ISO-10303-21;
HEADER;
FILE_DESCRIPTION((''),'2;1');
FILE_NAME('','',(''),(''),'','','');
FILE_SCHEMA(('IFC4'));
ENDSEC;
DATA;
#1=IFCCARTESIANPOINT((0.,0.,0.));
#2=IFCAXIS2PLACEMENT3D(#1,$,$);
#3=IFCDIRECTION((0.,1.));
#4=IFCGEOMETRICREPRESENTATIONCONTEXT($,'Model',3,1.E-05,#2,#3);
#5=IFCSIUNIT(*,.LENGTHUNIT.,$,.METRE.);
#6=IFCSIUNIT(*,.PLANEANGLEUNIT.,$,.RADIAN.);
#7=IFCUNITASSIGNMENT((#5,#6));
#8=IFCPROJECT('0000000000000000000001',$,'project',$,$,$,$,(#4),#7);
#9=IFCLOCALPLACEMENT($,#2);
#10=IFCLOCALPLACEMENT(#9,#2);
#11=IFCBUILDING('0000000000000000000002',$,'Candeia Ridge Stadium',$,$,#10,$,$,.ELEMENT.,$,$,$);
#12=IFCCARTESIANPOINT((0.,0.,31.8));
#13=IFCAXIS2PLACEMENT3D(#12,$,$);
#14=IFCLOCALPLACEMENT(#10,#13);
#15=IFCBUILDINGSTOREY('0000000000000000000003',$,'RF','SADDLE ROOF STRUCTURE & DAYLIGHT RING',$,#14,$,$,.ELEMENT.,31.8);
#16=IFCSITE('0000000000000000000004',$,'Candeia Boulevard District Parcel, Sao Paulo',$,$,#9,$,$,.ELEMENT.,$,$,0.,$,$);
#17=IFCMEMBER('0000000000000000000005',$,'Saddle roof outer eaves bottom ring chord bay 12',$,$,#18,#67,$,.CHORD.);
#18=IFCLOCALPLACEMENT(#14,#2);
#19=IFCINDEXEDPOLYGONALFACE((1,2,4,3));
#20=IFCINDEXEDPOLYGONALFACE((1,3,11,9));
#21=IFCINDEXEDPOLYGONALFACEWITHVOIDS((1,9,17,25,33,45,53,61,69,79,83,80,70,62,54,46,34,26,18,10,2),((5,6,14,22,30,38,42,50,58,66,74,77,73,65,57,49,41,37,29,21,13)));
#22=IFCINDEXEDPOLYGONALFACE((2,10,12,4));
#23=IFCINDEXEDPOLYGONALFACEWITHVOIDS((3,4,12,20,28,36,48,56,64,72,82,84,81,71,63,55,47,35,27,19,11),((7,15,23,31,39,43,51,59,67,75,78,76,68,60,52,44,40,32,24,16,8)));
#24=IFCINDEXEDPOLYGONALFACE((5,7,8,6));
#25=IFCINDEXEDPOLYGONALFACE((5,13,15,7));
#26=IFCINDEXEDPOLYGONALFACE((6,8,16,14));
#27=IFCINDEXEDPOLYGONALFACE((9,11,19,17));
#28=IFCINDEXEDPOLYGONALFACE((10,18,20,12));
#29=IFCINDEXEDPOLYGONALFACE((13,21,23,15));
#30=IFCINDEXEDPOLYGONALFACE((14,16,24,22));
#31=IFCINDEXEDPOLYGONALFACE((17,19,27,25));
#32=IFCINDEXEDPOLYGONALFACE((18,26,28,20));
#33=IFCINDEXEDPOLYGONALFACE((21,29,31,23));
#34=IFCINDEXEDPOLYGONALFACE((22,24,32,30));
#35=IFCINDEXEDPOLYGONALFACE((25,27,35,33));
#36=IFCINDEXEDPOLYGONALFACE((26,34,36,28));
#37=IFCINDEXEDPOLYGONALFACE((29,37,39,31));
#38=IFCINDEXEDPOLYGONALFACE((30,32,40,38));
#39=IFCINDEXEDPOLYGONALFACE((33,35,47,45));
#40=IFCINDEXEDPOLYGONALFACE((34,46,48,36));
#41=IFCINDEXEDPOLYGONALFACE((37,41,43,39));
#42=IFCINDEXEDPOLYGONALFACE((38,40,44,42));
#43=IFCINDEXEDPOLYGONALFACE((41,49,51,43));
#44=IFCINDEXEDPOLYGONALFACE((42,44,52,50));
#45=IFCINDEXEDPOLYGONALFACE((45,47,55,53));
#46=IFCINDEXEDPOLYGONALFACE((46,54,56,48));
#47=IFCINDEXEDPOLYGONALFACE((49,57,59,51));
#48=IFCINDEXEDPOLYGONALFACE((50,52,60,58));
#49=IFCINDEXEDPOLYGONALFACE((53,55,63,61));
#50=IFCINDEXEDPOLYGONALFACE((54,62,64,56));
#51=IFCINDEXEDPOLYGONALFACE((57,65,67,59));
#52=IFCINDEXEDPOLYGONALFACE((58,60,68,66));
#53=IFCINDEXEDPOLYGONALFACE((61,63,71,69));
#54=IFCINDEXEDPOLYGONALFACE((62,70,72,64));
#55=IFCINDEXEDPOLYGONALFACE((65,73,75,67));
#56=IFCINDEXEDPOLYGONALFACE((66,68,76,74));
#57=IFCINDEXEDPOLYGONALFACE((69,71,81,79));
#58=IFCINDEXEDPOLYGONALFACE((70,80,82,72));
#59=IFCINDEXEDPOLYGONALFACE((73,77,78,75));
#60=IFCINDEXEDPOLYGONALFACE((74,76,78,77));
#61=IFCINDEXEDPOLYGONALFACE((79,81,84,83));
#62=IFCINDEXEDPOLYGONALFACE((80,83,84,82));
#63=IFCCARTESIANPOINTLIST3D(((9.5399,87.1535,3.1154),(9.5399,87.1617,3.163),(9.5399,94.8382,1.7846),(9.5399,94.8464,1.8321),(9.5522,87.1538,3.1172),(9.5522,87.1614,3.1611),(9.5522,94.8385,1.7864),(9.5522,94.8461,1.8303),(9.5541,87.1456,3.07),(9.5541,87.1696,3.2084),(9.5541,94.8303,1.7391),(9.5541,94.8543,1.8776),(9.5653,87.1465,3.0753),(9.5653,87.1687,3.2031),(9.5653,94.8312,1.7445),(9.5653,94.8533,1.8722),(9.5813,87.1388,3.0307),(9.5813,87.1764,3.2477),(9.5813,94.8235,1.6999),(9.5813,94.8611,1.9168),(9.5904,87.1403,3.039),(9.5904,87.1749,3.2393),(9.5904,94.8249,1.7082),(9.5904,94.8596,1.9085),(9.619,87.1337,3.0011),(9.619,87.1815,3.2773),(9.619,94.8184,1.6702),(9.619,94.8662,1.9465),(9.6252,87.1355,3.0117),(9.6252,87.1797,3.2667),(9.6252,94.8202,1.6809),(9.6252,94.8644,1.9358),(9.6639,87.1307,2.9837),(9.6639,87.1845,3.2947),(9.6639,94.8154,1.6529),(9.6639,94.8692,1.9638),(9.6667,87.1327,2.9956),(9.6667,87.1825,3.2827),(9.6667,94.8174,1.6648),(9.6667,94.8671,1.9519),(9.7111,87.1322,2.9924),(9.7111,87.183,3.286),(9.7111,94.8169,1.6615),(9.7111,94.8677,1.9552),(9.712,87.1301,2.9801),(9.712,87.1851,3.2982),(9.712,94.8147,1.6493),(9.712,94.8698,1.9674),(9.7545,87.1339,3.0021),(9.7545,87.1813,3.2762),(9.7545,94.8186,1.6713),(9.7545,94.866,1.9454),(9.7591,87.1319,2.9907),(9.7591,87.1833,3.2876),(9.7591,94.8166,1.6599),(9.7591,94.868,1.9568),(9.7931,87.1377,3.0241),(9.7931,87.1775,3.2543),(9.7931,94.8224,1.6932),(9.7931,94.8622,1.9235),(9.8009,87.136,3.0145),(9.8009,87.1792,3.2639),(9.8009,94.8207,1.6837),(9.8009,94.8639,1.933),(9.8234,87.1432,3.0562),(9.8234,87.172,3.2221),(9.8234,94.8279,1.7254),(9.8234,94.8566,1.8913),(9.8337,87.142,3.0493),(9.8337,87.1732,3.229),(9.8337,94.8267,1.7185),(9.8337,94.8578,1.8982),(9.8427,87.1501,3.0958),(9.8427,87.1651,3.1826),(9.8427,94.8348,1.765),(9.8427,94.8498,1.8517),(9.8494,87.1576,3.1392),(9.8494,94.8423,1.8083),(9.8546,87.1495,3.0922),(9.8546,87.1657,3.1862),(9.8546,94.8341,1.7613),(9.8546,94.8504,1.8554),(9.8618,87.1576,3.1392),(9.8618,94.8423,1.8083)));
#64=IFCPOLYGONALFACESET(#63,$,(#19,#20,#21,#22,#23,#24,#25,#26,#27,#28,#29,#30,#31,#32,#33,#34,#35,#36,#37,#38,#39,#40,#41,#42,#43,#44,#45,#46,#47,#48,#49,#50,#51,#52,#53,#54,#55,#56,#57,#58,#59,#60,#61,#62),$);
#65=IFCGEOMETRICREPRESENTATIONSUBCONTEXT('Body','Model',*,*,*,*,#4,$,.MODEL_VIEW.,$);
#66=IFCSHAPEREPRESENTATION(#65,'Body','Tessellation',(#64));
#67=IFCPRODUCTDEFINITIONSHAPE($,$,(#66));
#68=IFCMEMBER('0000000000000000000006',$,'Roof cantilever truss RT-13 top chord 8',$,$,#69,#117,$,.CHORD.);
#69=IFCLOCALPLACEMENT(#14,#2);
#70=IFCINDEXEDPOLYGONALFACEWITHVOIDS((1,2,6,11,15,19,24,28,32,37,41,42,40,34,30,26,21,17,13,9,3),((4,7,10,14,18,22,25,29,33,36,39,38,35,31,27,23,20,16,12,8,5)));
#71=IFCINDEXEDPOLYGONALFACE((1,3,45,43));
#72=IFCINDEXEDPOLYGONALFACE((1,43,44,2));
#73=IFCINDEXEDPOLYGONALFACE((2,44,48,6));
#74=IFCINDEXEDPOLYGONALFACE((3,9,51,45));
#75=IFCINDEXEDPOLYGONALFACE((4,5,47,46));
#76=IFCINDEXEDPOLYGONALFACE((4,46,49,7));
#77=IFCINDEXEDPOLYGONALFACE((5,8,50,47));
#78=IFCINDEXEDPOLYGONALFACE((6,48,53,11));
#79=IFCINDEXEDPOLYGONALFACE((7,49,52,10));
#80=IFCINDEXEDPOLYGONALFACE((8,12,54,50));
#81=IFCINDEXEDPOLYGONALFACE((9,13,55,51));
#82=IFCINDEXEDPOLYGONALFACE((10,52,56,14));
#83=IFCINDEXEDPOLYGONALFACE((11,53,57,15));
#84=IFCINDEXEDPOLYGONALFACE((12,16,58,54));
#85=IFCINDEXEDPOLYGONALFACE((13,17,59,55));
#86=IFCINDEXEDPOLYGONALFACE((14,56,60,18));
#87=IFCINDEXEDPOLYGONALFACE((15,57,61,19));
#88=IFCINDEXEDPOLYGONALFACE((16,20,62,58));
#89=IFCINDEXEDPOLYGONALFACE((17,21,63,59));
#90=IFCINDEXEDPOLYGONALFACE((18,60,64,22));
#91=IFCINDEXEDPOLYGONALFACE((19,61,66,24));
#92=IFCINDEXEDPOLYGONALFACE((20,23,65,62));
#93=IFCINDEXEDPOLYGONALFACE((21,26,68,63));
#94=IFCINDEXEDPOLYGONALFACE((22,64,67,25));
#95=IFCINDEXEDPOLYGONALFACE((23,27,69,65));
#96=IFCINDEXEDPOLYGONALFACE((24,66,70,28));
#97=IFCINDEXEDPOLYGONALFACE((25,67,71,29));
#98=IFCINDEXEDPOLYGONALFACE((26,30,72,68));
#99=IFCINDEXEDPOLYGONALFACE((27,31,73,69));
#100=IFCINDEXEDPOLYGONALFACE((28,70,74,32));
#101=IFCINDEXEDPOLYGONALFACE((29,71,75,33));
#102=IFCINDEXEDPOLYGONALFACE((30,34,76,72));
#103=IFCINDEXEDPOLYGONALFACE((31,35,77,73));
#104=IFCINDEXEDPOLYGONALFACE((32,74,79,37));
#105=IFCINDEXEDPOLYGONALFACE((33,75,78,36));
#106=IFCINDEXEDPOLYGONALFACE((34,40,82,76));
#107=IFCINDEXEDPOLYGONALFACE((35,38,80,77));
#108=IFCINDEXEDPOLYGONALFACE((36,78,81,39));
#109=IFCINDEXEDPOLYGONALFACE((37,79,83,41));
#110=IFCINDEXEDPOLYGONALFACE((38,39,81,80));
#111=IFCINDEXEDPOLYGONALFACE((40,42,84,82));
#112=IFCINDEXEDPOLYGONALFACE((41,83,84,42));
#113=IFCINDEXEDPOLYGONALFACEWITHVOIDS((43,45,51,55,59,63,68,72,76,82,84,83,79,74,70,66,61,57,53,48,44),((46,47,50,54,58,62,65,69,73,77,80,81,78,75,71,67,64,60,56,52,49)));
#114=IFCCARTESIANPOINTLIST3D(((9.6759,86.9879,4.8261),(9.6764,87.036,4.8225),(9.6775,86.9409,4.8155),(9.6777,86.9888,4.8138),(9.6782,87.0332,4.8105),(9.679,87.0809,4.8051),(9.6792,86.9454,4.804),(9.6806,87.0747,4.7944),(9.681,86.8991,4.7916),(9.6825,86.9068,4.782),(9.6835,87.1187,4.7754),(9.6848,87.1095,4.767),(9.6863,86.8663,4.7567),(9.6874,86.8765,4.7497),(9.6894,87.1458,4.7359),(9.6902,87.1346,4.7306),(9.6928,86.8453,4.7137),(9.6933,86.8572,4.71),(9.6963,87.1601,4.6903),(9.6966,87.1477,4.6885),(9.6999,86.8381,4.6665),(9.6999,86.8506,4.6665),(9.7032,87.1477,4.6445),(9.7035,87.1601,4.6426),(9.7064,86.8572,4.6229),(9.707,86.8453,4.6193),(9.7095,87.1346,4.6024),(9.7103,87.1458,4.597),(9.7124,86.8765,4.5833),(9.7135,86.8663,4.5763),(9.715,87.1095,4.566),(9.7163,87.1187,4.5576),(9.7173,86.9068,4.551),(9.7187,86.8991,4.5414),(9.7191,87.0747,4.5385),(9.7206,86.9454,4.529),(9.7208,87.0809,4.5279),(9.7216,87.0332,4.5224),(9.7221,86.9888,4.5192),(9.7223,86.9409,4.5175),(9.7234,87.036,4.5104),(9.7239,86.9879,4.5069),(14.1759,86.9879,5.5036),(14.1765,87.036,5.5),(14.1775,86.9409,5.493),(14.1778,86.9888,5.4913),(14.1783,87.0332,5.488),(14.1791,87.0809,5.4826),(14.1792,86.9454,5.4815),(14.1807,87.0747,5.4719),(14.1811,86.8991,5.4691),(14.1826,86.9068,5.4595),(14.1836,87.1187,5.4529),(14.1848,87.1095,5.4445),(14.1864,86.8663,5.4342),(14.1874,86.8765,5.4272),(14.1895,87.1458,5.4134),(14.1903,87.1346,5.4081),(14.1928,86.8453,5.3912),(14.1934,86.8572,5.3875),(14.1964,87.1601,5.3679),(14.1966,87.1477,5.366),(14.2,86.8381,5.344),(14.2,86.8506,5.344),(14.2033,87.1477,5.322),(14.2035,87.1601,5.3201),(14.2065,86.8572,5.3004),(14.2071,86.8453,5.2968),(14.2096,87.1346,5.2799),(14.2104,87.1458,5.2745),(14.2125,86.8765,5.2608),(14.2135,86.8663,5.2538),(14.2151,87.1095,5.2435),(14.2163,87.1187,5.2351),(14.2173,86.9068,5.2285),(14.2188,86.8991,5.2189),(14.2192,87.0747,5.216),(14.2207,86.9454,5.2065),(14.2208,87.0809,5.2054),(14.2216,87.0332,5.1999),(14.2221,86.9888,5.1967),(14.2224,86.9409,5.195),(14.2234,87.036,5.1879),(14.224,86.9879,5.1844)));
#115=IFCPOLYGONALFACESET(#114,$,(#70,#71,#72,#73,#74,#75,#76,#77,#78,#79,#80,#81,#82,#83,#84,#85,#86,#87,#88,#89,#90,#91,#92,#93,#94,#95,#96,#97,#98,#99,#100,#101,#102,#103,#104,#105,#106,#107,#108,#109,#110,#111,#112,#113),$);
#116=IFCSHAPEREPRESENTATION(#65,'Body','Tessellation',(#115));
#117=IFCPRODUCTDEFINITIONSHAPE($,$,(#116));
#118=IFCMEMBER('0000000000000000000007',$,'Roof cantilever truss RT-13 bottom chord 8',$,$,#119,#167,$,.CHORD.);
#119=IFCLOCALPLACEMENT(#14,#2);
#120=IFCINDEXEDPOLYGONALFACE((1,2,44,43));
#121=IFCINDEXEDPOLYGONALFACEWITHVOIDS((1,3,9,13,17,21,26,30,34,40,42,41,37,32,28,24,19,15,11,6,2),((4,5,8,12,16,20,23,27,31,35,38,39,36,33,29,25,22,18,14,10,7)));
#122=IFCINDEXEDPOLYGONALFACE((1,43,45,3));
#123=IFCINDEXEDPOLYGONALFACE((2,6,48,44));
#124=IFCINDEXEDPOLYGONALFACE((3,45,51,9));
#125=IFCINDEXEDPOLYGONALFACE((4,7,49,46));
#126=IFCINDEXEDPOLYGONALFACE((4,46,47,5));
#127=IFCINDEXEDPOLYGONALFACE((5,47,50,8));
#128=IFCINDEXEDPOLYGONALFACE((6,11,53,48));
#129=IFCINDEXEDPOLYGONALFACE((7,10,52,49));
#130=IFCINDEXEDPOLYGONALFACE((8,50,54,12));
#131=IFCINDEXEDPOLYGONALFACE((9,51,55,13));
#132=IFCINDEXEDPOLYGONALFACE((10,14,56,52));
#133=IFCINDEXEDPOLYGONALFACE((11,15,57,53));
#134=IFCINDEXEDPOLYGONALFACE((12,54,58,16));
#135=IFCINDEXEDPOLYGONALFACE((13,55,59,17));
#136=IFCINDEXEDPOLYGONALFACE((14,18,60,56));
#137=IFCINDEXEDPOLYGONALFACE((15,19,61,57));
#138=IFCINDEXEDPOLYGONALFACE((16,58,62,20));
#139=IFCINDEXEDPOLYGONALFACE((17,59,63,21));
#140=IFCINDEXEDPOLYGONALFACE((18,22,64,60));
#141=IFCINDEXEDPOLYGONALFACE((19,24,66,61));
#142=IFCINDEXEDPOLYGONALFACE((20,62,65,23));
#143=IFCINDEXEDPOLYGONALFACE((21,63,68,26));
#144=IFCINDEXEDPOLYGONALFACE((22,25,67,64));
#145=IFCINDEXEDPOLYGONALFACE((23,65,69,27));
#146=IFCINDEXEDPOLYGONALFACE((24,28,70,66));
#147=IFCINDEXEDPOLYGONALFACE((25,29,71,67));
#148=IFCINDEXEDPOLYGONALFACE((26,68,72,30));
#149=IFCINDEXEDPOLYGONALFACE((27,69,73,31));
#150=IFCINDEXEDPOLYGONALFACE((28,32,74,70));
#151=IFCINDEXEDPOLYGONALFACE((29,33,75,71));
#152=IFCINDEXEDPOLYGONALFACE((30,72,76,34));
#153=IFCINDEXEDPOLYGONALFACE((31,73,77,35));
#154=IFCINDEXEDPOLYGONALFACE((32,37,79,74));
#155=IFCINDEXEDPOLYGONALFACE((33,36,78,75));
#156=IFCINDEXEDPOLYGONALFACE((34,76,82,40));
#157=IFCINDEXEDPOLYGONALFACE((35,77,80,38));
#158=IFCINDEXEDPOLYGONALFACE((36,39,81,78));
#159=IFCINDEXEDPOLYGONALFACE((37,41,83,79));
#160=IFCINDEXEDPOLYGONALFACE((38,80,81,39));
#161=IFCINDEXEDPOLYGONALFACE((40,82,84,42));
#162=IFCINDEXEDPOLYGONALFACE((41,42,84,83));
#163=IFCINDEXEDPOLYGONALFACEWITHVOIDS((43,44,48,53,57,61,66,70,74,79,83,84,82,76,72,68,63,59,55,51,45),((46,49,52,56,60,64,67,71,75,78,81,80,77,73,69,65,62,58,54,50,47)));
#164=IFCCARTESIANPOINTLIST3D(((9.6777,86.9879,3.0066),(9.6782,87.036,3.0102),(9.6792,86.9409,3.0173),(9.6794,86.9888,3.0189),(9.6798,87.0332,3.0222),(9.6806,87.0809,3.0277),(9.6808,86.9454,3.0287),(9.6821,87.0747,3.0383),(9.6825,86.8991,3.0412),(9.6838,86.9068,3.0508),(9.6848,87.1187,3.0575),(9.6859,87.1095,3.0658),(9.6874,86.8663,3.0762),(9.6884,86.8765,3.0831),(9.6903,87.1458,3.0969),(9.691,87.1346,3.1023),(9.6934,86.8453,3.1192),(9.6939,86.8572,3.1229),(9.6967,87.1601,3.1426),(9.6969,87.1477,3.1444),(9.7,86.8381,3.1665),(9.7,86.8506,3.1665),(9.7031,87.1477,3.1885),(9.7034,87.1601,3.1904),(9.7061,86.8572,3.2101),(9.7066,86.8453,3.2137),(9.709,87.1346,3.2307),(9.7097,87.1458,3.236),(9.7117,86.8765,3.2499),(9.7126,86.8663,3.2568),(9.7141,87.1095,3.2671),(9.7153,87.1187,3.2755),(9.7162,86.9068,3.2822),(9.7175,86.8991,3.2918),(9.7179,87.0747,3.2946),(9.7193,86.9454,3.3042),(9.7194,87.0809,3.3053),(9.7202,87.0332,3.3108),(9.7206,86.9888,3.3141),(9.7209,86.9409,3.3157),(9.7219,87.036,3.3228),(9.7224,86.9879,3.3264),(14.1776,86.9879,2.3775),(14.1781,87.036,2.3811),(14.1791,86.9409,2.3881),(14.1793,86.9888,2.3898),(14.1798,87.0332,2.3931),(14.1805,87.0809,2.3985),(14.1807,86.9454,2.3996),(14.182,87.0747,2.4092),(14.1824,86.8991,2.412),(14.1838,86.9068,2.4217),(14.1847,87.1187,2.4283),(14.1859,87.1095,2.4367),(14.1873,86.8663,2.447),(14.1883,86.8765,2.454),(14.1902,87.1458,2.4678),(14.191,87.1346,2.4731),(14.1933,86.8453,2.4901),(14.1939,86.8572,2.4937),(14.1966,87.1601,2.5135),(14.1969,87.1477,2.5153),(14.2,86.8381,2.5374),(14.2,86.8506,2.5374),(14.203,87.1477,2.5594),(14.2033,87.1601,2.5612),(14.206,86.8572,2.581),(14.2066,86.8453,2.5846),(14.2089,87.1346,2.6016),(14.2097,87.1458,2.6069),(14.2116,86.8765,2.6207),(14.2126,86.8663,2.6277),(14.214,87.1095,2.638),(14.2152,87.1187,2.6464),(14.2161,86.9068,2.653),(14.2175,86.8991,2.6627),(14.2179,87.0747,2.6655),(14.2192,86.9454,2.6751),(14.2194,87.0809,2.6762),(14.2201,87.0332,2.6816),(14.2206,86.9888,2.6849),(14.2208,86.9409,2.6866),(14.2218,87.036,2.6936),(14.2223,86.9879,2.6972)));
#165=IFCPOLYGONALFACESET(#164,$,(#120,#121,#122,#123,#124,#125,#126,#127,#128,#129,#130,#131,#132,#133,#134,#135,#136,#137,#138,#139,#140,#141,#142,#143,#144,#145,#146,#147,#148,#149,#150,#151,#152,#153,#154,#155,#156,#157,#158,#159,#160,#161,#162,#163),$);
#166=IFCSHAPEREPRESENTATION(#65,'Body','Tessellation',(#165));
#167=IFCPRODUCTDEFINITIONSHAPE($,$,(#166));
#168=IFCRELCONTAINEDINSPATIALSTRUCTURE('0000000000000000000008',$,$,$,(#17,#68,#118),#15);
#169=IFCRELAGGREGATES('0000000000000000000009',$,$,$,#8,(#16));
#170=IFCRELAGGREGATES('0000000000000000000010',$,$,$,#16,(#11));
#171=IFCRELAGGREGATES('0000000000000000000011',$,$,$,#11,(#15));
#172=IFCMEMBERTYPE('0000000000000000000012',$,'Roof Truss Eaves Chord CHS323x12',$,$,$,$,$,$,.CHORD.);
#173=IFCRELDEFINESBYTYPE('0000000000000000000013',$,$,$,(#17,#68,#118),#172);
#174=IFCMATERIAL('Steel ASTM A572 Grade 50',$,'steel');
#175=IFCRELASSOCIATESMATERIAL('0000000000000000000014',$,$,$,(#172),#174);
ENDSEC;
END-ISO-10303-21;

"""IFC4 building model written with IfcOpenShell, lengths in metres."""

from ifc_helpers import new_model, si_unit, direction, frame, origin, origin_2d, place, context, subcontext, project, spatial, hollow_circle, extrude, material, material_profile, profile_set, type_object, element, save


model = new_model("IFC4")

# Units and contexts
model_context = context("Model", 3, precision=1e-05, world=origin(), true_north=direction((0.0, 1.0)))
body_context = subcontext(model_context, "Body", "Model", "MODEL_VIEW")
ifc_project = project(units=[si_unit("LENGTHUNIT", "METRE"), si_unit("PLANEANGLEUNIT", "RADIAN")], contexts=[model_context])

# Site, building, storey
site_placement = place(None, origin())
site = spatial("IfcSite", under=ifc_project, at=site_placement, Name="Candeia Boulevard District Parcel, Sao Paulo", CompositionType="ELEMENT", RefElevation=0.0)
building_placement = place(site_placement, origin())
building = spatial("IfcBuilding", under=site, at=building_placement, Name="Candeia Ridge Stadium", CompositionType="ELEMENT")
storey_placement = place(building_placement, frame((0.0, 0.0, 31.8)))
storey = spatial("IfcBuildingStorey", under=building, at=storey_placement, Name="RF", Description="SADDLE ROOF STRUCTURE & DAYLIGHT RING", CompositionType="ELEMENT", Elevation=31.8)

# Shared definitions
ifc_material_1 = material(Name="Steel ASTM A572 Grade 50", Category="steel")

# Members
ifc_material_profile_1 = material_profile(ifc_material_1, hollow_circle(Radius=0.1619, WallThickness=0.0125, at=origin_2d()), Name="CHS323x12", Category="steel")
ifc_profile_set_1 = profile_set([ifc_material_profile_1], Name="Steel ASTM A572 Grade 50")
member_type_1 = type_object("IfcMemberType", Name="Roof Truss Eaves Chord CHS323x12", PredefinedType="CHORD", material=ifc_profile_set_1)
for number, where, z_axis, x_axis, name in (
    (1, (9.7, 94.8423, 1.8083), (0.0, -0.985334, 0.17064), (1.0, 0.0, 0.0), "Saddle roof outer eaves bottom ring chord bay 12"),
):
    element("IfcMember", number, at=place(storey_placement, frame(where, z_axis=z_axis, x_axis=x_axis)), inside=storey, type_object=member_type_1, Name=name, PredefinedType="CHORD", context=body_context, shape_type="SweptSolid", body=[
        extrude(hollow_circle(Radius=0.1619, WallThickness=0.0125, at=origin_2d()), origin(), (0.0, 0.0, 1.0), 7.7991),
    ])
member_1_placement = place(storey_placement, frame((14.2, 87.0, 5.344), z_axis=(-0.988856, 0.0, -0.148876), x_axis=(0.0, -1.0, 0.0)))
element("IfcMember", 2, at=member_1_placement, inside=storey, type_object=member_type_1, Name="Roof cantilever truss RT-13 top chord 8", PredefinedType="CHORD", context=body_context, shape_type="SweptSolid", body=[
    extrude(hollow_circle(Radius=0.1619, WallThickness=0.0125, at=origin_2d()), origin(), (0.0, 0.0, 1.0), 4.5508),
])
member_2_placement = place(storey_placement, frame((14.2, 87.0, 2.5374), z_axis=(-0.990367, 0.0, 0.138464), x_axis=(0.0, -1.0, 0.0)))
element("IfcMember", 3, at=member_2_placement, inside=storey, type_object=member_type_1, Name="Roof cantilever truss RT-13 bottom chord 8", PredefinedType="CHORD", context=body_context, shape_type="SweptSolid", body=[
    extrude(hollow_circle(Radius=0.1619, WallThickness=0.0125, at=origin_2d()), origin(), (0.0, 0.0, 1.0), 4.5437),
])

save(model, "model.ifc")
